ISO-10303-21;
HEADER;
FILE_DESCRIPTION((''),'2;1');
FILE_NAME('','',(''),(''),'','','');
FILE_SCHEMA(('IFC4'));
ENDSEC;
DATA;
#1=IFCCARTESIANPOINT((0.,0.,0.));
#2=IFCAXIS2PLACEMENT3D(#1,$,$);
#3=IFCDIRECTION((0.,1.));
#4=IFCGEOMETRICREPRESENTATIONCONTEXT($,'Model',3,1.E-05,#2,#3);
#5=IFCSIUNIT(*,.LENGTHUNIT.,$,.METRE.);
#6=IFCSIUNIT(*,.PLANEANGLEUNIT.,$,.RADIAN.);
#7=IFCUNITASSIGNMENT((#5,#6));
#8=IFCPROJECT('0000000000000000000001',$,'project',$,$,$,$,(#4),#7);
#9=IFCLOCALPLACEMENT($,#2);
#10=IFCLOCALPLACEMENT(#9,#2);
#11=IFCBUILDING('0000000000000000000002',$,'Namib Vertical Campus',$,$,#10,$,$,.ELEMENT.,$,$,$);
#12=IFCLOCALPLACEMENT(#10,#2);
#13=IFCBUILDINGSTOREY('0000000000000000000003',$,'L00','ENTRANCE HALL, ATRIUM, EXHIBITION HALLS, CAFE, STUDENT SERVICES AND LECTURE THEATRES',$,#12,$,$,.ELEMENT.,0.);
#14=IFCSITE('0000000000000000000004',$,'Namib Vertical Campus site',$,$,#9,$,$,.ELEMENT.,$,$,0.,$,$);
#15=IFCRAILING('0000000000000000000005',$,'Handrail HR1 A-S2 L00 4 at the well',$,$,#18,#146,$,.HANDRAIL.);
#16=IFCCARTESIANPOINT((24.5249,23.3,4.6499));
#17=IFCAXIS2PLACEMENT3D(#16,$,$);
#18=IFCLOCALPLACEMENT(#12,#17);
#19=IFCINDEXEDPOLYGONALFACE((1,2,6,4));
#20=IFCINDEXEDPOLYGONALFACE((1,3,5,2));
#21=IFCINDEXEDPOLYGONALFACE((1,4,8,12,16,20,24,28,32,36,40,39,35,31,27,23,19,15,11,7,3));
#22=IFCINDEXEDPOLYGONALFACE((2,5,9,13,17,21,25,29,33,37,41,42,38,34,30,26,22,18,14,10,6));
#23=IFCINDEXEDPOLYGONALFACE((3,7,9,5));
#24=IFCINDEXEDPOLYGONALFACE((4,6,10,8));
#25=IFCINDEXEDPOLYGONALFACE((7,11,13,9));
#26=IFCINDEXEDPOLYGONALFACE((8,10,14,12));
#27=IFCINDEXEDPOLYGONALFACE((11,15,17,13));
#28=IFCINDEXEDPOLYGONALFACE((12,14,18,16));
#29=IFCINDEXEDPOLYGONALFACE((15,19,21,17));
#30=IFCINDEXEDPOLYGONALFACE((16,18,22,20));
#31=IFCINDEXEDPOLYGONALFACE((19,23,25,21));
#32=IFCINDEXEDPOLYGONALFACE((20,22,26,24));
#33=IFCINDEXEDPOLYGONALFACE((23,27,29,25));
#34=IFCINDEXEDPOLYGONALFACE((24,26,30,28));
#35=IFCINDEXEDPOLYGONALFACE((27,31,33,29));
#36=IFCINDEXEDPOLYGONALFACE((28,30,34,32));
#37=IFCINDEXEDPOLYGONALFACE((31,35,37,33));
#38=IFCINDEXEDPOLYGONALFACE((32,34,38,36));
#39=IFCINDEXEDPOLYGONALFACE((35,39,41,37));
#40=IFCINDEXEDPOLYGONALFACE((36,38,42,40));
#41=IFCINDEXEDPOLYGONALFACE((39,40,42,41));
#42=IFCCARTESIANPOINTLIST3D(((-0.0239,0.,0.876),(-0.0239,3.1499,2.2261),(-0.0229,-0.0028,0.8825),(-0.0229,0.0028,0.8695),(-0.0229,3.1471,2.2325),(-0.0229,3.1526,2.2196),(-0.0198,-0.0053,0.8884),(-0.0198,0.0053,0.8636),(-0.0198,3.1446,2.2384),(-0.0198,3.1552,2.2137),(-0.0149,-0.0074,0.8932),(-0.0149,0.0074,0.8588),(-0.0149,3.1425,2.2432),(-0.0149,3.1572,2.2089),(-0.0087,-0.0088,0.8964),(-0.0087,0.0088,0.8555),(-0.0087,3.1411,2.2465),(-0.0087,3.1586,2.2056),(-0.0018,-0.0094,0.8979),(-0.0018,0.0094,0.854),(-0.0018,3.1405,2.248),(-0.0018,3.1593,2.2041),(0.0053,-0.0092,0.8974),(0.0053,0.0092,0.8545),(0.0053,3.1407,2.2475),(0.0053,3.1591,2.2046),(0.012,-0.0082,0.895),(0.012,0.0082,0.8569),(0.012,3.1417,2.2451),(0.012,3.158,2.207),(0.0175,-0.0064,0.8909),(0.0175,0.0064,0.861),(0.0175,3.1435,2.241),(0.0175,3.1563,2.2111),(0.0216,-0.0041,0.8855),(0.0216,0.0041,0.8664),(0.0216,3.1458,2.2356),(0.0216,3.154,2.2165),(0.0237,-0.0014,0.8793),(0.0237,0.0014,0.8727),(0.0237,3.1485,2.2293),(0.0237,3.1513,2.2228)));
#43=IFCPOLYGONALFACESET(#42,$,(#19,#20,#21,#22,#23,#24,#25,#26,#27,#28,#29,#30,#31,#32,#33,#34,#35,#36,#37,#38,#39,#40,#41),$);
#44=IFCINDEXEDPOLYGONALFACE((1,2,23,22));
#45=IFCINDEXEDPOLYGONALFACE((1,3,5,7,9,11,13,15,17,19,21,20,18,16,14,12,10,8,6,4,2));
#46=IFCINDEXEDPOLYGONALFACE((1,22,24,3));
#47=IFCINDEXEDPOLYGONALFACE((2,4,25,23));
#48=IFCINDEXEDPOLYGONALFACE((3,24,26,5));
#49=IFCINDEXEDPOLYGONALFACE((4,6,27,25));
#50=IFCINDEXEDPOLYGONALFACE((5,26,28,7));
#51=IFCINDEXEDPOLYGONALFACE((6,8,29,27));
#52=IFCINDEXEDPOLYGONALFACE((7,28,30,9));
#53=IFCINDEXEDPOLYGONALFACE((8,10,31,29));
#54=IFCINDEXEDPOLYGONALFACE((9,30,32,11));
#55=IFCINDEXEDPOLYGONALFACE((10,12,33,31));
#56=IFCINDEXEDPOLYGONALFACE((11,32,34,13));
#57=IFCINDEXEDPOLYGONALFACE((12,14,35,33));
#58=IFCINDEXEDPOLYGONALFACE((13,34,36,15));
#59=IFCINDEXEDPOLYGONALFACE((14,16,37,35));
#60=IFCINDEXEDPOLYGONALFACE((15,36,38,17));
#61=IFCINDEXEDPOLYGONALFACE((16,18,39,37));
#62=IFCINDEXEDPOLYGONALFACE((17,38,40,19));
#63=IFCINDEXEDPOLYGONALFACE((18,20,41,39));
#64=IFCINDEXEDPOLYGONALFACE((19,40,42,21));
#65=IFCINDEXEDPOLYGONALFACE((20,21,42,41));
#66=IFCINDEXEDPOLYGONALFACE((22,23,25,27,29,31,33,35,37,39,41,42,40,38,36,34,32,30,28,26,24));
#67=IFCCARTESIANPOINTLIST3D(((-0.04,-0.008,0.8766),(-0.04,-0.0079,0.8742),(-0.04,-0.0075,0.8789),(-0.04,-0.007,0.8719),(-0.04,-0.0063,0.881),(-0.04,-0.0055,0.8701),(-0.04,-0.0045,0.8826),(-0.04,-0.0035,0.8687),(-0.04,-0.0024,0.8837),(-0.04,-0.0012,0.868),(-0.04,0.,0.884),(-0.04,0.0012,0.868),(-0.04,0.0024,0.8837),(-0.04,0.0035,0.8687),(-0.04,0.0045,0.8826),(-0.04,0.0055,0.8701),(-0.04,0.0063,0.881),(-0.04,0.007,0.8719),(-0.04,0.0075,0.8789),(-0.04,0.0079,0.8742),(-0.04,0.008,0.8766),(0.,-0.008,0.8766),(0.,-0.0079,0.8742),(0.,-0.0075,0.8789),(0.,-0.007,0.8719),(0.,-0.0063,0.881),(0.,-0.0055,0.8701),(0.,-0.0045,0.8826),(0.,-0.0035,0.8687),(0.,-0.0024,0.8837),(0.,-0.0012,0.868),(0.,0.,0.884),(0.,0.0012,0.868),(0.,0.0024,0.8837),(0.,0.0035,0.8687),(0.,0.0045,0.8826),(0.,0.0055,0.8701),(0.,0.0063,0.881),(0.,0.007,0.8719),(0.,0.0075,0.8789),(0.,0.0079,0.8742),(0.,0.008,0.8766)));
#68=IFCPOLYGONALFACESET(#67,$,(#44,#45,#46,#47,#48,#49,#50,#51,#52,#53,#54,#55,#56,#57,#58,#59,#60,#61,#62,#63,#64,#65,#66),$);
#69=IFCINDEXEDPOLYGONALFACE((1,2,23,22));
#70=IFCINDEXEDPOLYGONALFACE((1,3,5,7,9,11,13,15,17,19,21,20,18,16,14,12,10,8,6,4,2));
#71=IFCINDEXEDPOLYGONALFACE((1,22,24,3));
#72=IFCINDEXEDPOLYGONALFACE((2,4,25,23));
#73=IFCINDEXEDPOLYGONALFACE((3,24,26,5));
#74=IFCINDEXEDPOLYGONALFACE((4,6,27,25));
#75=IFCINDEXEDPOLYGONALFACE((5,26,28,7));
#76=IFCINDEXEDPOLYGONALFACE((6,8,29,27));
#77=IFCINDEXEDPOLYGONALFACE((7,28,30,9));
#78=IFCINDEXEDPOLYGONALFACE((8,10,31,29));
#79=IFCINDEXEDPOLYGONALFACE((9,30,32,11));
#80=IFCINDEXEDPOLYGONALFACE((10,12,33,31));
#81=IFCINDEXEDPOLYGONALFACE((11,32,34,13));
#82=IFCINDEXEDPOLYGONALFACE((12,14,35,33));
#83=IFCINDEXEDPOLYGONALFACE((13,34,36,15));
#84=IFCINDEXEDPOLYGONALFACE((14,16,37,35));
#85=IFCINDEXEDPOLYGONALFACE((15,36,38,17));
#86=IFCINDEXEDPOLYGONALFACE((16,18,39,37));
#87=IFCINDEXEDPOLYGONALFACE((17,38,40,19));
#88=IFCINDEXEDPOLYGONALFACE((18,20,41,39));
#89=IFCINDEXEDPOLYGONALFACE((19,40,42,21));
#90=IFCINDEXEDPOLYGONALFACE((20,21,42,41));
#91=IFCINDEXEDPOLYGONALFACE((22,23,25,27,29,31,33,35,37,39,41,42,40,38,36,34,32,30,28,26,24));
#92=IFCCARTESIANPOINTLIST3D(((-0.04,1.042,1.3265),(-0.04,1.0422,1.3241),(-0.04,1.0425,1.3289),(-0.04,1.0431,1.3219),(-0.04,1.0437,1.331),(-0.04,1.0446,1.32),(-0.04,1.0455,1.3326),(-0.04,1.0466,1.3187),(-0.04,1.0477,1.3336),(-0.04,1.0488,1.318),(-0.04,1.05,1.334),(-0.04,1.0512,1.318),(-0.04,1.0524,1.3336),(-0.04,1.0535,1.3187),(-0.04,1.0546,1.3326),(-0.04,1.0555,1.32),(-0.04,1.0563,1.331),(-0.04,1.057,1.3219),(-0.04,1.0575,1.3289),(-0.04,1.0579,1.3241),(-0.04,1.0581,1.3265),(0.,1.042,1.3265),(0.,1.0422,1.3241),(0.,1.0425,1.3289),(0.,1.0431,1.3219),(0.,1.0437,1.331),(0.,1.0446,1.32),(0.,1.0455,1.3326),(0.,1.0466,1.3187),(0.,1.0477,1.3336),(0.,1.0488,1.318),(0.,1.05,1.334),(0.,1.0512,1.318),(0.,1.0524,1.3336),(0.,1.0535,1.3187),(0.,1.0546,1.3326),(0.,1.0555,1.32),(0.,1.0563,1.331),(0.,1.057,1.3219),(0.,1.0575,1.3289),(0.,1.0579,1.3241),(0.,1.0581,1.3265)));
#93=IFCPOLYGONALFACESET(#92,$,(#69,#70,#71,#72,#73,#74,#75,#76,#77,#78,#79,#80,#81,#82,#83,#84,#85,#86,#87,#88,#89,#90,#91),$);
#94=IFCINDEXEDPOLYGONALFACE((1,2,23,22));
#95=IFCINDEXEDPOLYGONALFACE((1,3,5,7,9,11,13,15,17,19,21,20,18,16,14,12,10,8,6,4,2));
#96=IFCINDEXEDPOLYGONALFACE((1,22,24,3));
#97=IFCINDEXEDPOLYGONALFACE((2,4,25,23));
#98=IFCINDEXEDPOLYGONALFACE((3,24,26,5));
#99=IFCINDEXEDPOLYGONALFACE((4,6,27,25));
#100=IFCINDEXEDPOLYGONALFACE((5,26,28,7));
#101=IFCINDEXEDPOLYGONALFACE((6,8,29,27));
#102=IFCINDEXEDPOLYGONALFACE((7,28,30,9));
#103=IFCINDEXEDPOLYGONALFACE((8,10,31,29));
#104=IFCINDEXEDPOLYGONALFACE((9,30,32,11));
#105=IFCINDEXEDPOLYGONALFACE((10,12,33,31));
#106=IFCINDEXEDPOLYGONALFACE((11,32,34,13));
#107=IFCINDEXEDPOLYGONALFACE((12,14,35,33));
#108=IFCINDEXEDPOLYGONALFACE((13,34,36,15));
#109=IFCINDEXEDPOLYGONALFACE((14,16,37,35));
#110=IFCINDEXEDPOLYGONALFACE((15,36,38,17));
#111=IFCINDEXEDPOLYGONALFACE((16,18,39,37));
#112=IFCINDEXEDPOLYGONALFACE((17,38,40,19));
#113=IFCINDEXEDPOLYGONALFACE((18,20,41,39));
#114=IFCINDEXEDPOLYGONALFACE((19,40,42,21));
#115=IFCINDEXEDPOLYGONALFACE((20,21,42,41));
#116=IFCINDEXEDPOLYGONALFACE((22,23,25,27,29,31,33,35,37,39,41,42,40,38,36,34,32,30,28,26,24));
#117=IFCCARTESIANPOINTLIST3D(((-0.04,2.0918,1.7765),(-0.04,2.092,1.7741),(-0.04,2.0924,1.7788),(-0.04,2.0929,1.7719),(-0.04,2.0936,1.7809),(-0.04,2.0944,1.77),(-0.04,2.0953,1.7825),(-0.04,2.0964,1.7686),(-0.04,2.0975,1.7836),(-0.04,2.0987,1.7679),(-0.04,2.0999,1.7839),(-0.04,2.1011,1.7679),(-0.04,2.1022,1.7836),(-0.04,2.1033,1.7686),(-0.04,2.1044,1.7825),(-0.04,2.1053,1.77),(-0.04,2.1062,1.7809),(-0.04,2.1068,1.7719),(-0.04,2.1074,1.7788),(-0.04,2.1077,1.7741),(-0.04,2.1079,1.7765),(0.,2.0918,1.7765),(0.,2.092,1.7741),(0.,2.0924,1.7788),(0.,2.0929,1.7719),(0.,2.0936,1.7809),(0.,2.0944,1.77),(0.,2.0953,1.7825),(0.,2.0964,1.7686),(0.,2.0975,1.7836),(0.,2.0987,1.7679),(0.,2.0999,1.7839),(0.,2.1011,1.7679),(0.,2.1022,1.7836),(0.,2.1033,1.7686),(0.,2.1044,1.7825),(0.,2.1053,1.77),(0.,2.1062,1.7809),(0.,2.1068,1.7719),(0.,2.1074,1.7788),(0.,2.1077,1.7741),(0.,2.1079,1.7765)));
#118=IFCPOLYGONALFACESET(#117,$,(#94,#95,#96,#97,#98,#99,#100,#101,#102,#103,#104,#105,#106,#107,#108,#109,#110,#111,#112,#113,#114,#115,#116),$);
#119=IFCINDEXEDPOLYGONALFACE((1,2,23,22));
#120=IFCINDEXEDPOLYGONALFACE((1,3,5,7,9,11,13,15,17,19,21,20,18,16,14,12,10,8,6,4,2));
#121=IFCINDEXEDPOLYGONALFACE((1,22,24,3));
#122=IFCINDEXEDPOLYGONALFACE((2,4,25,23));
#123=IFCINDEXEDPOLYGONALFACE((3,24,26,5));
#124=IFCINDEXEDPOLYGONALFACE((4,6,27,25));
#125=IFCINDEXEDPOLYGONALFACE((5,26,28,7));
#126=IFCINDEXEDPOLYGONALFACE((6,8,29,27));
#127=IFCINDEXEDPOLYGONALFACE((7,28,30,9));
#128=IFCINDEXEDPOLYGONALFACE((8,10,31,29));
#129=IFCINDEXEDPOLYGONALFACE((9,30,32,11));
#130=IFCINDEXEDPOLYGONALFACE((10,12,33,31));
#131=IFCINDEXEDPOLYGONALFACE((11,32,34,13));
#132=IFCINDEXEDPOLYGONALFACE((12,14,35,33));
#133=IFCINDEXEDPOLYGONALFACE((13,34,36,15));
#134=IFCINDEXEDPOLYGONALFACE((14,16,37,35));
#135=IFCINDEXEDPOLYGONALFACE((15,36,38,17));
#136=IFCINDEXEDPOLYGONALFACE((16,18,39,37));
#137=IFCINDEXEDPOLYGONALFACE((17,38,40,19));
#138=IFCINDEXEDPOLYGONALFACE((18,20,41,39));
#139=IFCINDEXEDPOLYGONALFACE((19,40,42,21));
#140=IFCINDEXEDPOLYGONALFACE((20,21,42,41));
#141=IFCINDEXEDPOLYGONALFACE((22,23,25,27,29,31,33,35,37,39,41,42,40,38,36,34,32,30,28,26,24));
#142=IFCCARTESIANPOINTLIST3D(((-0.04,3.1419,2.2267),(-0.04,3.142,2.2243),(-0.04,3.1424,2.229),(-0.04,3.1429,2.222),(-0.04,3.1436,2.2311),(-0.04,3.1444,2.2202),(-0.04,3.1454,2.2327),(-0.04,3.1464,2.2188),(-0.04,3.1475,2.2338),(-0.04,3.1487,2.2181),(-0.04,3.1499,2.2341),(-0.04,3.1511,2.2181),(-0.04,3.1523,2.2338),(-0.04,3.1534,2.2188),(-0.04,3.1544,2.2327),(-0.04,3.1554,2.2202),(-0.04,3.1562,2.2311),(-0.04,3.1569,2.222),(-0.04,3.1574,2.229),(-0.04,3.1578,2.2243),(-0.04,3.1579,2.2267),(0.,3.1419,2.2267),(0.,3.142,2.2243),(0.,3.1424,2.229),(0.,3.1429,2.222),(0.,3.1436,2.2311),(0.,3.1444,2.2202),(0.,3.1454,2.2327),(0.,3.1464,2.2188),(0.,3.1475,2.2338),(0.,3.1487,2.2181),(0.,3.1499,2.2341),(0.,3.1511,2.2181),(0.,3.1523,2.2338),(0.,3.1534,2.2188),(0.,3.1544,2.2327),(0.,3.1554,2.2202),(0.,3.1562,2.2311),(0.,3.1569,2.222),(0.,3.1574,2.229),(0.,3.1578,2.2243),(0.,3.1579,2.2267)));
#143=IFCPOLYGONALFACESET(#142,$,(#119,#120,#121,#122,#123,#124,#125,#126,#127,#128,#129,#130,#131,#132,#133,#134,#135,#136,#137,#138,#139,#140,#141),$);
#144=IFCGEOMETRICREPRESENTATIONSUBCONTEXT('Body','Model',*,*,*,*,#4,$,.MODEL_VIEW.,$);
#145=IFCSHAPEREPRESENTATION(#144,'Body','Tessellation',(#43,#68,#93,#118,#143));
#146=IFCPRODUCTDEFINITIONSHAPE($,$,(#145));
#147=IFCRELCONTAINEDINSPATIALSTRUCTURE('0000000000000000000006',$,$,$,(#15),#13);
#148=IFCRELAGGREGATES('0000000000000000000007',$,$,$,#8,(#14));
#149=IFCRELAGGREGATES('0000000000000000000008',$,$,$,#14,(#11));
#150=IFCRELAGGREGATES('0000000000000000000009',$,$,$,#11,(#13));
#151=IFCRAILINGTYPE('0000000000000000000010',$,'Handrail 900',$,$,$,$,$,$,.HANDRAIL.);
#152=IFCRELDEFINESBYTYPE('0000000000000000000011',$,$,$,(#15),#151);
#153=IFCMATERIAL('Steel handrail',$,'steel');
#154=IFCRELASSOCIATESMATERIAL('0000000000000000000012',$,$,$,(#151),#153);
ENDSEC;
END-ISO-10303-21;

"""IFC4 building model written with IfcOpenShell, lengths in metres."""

from ifc_helpers import new_model, si_unit, direction, frame, origin, origin_2d, place, context, subcontext, project, spatial, circle, extrude, material, type_object, element, save


model = new_model("IFC4")

# Units and contexts
model_context = context("Model", 3, precision=1e-05, world=origin(), true_north=direction((0.0, 1.0)))
body_context = subcontext(model_context, "Body", "Model", "MODEL_VIEW")
ifc_project = project(units=[si_unit("LENGTHUNIT", "METRE"), si_unit("PLANEANGLEUNIT", "RADIAN")], contexts=[model_context])

# Site, building, storey
site_placement = place(None, origin())
site = spatial("IfcSite", under=ifc_project, at=site_placement, Name="Namib Vertical Campus site", CompositionType="ELEMENT", RefElevation=0.0)
building_placement = place(site_placement, origin())
building = spatial("IfcBuilding", under=site, at=building_placement, Name="Namib Vertical Campus", CompositionType="ELEMENT")
storey_placement = place(building_placement, origin())
storey = spatial("IfcBuildingStorey", under=building, at=storey_placement, Name="L00", Description="ENTRANCE HALL, ATRIUM, EXHIBITION HALLS, CAFE, STUDENT SERVICES AND LECTURE THEATRES", CompositionType="ELEMENT", Elevation=0.0)

# Railing
ifc_material_1 = material(Name="Steel handrail", Category="steel")
railing_type_1 = type_object("IfcRailingType", Name="Handrail 900", PredefinedType="HANDRAIL", material=ifc_material_1)
railing_1_placement = place(storey_placement, frame((24.5249, 23.3, 4.6499)))
element("IfcRailing", 1, at=railing_1_placement, inside=storey, type_object=railing_type_1, Name="Handrail HR1 A-S2 L00 4 at the well", PredefinedType="HANDRAIL", context=body_context, shape_type="SweptSolid", body=[
    extrude(circle(Radius=0.0239, at=origin_2d()), frame((0.0, 0.0, 0.876), z_axis=(0.0, 0.91913, 0.393954), x_axis=(-1.0, 0.0, 0.0)), (0.0, 0.0, 1.0), 3.427),
    extrude(circle(Radius=0.0081, at=origin_2d()), frame((0.0, 0.0, 0.876), z_axis=(-1.0, 0.0, 0.0), x_axis=(0.0, 0.0, 1.0)), (0.0, 0.0, 1.0), 0.04),
    extrude(circle(Radius=0.0081, at=origin_2d()), frame((0.0, 1.05, 1.3259), z_axis=(-1.0, 0.0, 0.0), x_axis=(0.0, 0.0, 1.0)), (0.0, 0.0, 1.0), 0.04),
    extrude(circle(Radius=0.0081, at=origin_2d()), frame((0.0, 2.0999, 1.7759), z_axis=(-1.0, 0.0, 0.0), x_axis=(0.0, 0.0, 1.0)), (0.0, 0.0, 1.0), 0.04),
    extrude(circle(Radius=0.0081, at=origin_2d()), frame((0.0, 3.1499, 2.2261), z_axis=(-1.0, 0.0, 0.0), x_axis=(0.0, 0.0, 1.0)), (0.0, 0.0, 1.0), 0.04),
])

save(model, "model.ifc")
